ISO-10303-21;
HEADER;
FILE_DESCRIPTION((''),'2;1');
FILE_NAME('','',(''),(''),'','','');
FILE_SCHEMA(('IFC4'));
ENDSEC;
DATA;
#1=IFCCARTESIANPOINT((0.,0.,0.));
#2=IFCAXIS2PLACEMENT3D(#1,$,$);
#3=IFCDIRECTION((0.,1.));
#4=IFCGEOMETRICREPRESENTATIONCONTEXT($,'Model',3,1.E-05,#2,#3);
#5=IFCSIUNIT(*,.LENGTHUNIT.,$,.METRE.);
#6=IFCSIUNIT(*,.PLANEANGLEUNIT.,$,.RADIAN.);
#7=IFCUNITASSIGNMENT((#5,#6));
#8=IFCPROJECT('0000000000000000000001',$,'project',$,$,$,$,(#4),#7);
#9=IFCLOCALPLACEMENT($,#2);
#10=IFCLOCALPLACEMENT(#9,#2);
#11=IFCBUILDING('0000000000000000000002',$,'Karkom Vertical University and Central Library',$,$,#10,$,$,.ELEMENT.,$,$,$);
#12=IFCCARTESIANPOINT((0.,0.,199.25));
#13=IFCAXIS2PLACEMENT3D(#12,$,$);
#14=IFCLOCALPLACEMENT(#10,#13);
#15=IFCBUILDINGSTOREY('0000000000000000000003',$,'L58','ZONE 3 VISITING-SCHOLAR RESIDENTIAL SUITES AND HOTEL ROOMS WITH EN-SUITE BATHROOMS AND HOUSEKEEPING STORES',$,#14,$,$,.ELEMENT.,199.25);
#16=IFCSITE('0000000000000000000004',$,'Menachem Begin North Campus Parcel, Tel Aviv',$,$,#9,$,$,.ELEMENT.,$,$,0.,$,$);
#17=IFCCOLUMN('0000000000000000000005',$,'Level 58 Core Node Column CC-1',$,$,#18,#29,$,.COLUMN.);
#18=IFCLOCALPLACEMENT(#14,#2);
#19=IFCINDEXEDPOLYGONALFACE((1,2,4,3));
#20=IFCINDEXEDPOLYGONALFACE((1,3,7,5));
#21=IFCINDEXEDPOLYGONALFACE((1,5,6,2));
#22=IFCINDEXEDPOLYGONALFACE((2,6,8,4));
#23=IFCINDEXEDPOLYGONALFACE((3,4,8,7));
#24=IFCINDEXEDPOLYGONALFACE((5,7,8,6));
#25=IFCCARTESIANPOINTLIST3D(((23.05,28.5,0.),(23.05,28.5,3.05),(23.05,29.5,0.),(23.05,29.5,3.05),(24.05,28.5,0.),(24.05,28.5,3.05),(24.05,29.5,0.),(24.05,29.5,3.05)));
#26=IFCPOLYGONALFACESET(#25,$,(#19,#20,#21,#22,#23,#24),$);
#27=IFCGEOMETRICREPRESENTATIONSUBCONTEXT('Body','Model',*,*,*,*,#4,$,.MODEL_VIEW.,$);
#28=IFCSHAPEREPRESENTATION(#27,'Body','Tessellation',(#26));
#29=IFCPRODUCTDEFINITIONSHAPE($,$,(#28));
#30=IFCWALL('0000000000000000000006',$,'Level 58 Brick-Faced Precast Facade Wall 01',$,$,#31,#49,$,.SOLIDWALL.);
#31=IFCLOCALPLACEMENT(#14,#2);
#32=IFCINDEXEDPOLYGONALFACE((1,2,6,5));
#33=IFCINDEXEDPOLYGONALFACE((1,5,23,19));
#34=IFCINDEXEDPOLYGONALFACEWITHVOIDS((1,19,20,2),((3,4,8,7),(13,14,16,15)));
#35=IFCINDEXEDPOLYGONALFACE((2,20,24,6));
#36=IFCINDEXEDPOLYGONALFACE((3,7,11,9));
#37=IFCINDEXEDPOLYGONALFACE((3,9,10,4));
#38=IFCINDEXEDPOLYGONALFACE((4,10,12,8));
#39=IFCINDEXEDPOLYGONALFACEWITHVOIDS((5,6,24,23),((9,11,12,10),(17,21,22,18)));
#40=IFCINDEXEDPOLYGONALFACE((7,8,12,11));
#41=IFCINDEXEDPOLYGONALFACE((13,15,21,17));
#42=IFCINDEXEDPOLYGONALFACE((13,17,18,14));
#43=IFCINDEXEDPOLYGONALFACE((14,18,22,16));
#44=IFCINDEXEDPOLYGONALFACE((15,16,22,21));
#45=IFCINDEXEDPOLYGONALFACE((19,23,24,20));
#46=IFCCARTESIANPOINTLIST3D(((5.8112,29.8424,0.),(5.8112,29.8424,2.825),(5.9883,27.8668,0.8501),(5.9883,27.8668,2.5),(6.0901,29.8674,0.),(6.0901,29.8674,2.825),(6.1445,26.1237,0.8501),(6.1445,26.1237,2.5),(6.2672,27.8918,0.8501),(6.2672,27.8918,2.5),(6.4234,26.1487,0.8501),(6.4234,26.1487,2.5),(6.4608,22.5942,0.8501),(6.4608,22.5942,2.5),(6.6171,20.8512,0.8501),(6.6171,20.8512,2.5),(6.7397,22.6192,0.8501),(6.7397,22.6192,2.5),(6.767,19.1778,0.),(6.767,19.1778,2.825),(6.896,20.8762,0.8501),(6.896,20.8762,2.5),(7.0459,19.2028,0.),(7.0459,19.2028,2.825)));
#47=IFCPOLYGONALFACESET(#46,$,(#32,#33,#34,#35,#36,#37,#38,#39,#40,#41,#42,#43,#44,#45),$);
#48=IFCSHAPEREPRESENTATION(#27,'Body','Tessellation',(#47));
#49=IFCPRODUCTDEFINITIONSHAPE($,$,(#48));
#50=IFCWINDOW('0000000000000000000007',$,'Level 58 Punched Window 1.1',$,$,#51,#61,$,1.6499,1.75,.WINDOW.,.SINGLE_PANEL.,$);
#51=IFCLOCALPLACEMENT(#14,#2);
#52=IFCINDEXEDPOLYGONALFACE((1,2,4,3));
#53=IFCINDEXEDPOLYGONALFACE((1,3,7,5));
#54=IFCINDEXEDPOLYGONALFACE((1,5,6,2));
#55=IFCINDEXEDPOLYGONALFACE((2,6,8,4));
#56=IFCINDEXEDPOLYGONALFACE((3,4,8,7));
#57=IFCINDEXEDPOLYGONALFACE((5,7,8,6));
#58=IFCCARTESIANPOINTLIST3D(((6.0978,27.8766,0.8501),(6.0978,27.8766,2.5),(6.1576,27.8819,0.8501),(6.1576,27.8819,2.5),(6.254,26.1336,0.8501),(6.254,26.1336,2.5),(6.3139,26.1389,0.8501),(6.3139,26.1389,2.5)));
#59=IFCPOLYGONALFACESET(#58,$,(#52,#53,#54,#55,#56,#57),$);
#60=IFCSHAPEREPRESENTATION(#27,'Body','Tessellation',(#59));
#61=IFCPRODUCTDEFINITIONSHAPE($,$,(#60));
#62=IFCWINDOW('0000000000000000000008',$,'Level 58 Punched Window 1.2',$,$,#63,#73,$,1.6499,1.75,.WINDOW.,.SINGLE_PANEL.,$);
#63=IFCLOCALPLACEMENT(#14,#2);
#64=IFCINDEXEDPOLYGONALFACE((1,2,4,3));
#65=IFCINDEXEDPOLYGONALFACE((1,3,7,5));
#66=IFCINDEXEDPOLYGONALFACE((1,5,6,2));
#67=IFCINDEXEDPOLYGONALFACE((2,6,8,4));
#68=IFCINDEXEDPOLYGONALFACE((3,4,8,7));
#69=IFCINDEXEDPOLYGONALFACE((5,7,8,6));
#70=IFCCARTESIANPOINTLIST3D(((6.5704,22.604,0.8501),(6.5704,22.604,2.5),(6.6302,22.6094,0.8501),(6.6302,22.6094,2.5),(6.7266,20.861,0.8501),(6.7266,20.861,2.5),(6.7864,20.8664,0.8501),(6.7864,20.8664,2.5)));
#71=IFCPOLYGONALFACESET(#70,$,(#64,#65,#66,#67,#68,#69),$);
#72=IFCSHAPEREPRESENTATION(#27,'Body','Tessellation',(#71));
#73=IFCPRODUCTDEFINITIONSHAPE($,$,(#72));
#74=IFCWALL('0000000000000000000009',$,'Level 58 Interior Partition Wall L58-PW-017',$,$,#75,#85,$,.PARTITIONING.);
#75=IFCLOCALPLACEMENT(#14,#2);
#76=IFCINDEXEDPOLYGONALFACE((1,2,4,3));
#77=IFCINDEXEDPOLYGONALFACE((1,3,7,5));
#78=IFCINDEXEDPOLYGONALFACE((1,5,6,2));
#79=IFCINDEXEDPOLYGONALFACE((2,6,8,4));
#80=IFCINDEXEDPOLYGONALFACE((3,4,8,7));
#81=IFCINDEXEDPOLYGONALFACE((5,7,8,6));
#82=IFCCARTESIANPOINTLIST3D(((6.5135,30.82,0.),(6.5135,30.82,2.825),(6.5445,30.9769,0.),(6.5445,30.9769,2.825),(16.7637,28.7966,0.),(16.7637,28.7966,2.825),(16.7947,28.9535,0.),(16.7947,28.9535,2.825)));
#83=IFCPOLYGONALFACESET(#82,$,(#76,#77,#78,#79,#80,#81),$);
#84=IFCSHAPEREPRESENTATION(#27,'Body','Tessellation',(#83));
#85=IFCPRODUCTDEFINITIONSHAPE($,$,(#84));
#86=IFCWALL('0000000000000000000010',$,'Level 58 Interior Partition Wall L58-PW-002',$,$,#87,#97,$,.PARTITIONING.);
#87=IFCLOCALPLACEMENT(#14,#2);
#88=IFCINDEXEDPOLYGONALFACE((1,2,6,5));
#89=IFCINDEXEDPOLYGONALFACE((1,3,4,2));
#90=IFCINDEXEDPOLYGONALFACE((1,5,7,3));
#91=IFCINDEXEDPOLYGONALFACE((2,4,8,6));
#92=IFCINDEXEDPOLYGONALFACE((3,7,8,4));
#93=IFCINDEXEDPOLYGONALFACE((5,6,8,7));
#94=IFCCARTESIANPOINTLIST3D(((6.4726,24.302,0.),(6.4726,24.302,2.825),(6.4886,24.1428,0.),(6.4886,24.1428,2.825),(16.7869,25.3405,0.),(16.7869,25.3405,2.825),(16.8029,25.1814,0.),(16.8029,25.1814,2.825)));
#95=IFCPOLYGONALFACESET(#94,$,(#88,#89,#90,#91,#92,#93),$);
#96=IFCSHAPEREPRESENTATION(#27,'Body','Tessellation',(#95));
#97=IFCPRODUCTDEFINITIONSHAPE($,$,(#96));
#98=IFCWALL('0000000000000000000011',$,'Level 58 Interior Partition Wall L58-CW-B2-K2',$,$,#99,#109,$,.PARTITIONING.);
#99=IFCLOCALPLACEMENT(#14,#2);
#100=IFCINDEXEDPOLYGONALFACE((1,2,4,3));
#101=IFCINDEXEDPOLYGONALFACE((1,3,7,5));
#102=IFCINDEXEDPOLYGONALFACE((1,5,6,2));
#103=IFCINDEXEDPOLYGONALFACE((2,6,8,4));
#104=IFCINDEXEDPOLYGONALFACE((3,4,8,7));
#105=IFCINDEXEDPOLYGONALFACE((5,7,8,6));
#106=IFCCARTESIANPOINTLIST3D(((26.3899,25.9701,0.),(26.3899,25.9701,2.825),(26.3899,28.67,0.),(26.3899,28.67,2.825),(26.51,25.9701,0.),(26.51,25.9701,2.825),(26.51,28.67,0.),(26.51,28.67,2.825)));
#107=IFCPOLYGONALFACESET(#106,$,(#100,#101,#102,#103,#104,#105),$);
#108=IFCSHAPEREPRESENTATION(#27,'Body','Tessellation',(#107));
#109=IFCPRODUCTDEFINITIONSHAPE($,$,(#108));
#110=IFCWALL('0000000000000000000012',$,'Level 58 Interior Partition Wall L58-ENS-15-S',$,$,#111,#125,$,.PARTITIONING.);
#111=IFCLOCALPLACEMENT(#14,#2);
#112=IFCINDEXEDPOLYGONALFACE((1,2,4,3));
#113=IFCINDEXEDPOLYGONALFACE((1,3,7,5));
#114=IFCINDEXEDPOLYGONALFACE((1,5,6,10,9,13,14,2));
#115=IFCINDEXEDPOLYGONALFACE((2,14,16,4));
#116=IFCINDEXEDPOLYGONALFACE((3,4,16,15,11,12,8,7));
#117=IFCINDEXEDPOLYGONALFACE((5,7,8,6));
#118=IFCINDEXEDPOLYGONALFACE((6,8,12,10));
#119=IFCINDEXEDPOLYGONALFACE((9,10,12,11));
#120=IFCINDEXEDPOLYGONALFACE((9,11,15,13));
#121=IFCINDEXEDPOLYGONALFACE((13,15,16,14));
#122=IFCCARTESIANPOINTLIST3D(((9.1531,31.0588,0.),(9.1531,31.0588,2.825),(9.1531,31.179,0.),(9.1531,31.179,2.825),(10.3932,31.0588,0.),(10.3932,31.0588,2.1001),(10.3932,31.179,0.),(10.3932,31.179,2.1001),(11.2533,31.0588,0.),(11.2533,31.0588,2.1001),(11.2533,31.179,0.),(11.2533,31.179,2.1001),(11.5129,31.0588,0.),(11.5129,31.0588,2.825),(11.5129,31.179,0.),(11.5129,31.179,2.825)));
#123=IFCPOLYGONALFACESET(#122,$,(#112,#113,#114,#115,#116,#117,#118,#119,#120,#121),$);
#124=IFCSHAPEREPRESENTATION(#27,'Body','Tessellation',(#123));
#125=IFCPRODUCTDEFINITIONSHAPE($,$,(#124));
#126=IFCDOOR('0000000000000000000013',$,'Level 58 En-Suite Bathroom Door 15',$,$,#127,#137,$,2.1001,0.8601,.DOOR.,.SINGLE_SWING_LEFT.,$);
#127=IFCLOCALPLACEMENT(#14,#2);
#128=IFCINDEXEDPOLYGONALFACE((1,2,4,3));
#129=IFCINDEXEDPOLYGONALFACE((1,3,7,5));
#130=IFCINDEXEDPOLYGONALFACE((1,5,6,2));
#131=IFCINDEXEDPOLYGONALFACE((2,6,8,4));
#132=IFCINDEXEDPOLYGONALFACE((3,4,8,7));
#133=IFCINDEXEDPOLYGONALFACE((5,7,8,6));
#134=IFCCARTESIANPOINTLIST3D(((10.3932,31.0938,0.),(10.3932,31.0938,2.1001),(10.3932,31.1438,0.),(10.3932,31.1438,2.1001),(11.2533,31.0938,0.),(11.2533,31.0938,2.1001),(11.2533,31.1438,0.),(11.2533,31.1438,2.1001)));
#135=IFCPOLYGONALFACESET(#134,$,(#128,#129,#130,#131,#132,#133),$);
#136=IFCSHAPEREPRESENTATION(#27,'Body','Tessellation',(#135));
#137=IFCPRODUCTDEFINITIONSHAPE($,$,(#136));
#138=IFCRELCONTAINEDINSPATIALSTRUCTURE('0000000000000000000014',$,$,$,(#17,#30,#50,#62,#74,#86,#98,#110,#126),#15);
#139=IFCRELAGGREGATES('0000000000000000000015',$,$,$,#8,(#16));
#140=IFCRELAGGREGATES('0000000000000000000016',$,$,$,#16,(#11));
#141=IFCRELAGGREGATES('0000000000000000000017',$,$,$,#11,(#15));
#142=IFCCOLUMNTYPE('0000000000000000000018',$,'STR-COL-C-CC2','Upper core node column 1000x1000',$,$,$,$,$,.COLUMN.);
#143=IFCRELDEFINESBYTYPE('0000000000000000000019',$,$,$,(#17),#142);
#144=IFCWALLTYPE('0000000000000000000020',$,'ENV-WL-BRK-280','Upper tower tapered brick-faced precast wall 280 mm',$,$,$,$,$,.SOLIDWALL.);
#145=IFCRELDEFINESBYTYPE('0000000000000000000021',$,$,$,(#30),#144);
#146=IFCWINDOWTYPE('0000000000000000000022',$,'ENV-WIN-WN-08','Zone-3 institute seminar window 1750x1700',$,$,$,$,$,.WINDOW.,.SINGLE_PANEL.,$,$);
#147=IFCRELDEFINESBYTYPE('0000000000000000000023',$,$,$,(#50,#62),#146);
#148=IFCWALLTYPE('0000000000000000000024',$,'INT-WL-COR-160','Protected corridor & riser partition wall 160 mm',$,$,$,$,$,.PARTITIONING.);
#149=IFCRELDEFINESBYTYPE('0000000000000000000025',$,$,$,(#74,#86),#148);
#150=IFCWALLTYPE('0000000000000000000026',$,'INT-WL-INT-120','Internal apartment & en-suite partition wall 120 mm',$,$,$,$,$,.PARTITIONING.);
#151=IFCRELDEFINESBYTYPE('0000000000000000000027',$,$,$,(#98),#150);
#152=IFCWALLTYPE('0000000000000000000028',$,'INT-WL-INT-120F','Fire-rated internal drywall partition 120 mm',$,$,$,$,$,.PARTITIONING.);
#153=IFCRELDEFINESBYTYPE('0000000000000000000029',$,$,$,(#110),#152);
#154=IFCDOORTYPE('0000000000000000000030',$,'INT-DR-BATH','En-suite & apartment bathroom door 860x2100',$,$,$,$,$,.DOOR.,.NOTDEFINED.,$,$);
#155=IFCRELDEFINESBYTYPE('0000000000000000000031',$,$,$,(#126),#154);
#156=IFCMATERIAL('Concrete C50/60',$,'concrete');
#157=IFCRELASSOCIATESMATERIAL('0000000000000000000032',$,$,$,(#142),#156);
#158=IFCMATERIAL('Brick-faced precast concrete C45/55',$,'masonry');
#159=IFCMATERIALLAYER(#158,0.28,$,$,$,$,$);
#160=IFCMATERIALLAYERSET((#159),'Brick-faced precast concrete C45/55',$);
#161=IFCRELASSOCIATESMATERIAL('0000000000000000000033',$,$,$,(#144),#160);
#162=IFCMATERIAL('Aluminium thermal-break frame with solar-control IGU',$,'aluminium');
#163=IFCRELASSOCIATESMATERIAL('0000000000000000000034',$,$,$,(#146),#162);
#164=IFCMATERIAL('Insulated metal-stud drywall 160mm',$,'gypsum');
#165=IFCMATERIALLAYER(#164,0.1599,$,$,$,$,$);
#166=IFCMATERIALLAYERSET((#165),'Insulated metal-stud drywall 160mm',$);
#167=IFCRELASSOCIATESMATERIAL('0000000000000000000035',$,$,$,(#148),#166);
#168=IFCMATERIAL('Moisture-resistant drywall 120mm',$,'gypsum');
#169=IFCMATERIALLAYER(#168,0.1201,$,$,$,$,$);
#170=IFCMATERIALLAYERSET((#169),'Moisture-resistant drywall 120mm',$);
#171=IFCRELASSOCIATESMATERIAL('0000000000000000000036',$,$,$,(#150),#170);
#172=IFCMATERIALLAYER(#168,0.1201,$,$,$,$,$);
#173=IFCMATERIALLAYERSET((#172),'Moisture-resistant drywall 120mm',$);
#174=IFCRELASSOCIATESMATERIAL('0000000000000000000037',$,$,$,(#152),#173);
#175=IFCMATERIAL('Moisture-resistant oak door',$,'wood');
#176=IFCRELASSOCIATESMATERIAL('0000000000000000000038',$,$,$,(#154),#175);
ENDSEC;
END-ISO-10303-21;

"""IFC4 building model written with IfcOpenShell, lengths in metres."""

from ifc_helpers import new_model, si_unit, direction, frame, frame_2d, origin, origin_with_axes, origin_2d, place, context, subcontext, project, spatial, rectangle, extrude, source, transform, mapped, material, layer, layer_set, material_profile, profile_set, type_object, element, fill, save


model = new_model("IFC4")

# Units and contexts
model_context = context("Model", 3, precision=1e-05, world=origin(), true_north=direction((0.0, 1.0)))
body_context = subcontext(model_context, "Body", "Model", "MODEL_VIEW")
ifc_project = project(units=[si_unit("LENGTHUNIT", "METRE"), si_unit("PLANEANGLEUNIT", "RADIAN")], contexts=[model_context])

# Site, building, storey
site_placement = place(None, origin())
site = spatial("IfcSite", under=ifc_project, at=site_placement, Name="Menachem Begin North Campus Parcel, Tel Aviv", CompositionType="ELEMENT", RefElevation=0.0)
building_placement = place(site_placement, origin())
building = spatial("IfcBuilding", under=site, at=building_placement, Name="Karkom Vertical University and Central Library", CompositionType="ELEMENT")
storey_placement = place(building_placement, frame((0.0, 0.0, 199.25)))
storey = spatial("IfcBuildingStorey", under=building, at=storey_placement, Name="L58", Description="ZONE 3 VISITING-SCHOLAR RESIDENTIAL SUITES AND HOTEL ROOMS WITH EN-SUITE BATHROOMS AND HOUSEKEEPING STORES", CompositionType="ELEMENT", Elevation=199.25)

# Column
ifc_material_1 = material(Name="Concrete C50/60", Category="concrete")
ifc_material_profile = material_profile(ifc_material_1, rectangle(XDim=1.0, YDim=1.0, at=origin_2d()), Name="RC-1000x1000")
ifc_profile_set = profile_set([ifc_material_profile], Name="Concrete C50/60")
column_type = type_object("IfcColumnType", Name="STR-COL-C-CC2", Description="Upper core node column 1000x1000", PredefinedType="COLUMN", material=ifc_profile_set)
shared_shape_1 = source(origin_with_axes(), body_context, "Body", "SweptSolid", [
    extrude(rectangle(XDim=1.0, YDim=1.0, at=origin_2d()), origin(), (0.0, 0.0, 1.0), 3.05),
])
column_placement = place(storey_placement, frame((23.55, 29.0, 0.0), z_axis=(0.0, 0.0, 1.0), x_axis=(1.0, 0.0, 0.0)))
element("IfcColumn", 1, at=column_placement, inside=storey, type_object=column_type, Name="Level 58 Core Node Column CC-1", PredefinedType="COLUMN", context=body_context, shape_type="MappedRepresentation", body=[
    mapped(shared_shape_1, transform((0.0, 0.0, 0.0), scale=1.0)),
])

# Wall, openings, windows
ifc_material_2 = material(Name="Brick-faced precast concrete C45/55", Category="masonry")
ifc_layer_1 = layer(ifc_material_2, 0.28)
ifc_layer_set_1 = layer_set([ifc_layer_1], Name="Brick-faced precast concrete C45/55")
wall_type_1 = type_object("IfcWallType", Name="ENV-WL-BRK-280", Description="Upper tower tapered brick-faced precast wall 280 mm", PredefinedType="SOLIDWALL", material=ifc_layer_set_1)
wall_1_placement = place(storey_placement, frame((5.9507, 29.8547, 0.0), z_axis=(0.0, 0.0, 1.0), x_axis=(0.089267, -0.996008, 0.0)))
wall_1 = element("IfcWall", 2, at=wall_1_placement, inside=storey, type_object=wall_type_1, Name="Level 58 Brick-Faced Precast Facade Wall 01", PredefinedType="SOLIDWALL", context=body_context, shape_type="SweptSolid", body=[
    extrude(rectangle(XDim=10.7073, YDim=0.28, at=frame_2d((5.3535, 0.0))), origin(), (0.0, 0.0, 1.0), 2.825),
])
opening_1_placement = place(wall_1_placement, frame((1.9834, 0.0, 0.8501)))
opening_1 = element("IfcOpeningElement", 3, at=opening_1_placement, cuts=wall_1, PredefinedType="OPENING", context=body_context, shape_type="SweptSolid", body=[
    extrude(rectangle(XDim=1.75, YDim=1.6499, at=frame_2d((0.875, 0.825))), frame((0.0, 0.1499, 0.0), z_axis=(0.0, -1.0, 0.0), x_axis=(1.0, 0.0, 0.0)), (0.0, 0.0, 1.0), 0.3),
])
opening_2_placement = place(wall_1_placement, frame((7.2771, 0.0, 0.8501)))
opening_2 = element("IfcOpeningElement", 4, at=opening_2_placement, cuts=wall_1, PredefinedType="OPENING", context=body_context, shape_type="SweptSolid", body=[
    extrude(rectangle(XDim=1.75, YDim=1.6499, at=frame_2d((0.875, 0.825))), frame((0.0, 0.1499, 0.0), z_axis=(0.0, -1.0, 0.0), x_axis=(1.0, 0.0, 0.0)), (0.0, 0.0, 1.0), 0.3),
])
ifc_material_3 = material(Name="Aluminium thermal-break frame with solar-control IGU", Category="aluminium")
window_type = type_object("IfcWindowType", Name="ENV-WIN-WN-08", Description="Zone-3 institute seminar window 1750x1700", PartitioningType="SINGLE_PANEL", PredefinedType="WINDOW", material=ifc_material_3)
shared_shape_2 = source(origin_with_axes(), body_context, "Body", "SweptSolid", [
    extrude(rectangle(XDim=1.75, YDim=1.6499, at=frame_2d((0.875, 0.825))), frame((0.0, 0.03, 0.0), z_axis=(0.0, -1.0, 0.0), x_axis=(1.0, 0.0, 0.0)), (0.0, 0.0, 1.0), 0.0601),
])
window_1_placement = place(opening_1_placement, origin())
window_1 = element("IfcWindow", 5, at=window_1_placement, inside=storey, type_object=window_type, Name="Level 58 Punched Window 1.1", OverallHeight=1.6499, OverallWidth=1.75, PartitioningType="SINGLE_PANEL", PredefinedType="WINDOW", context=body_context, shape_type="MappedRepresentation", body=[
    mapped(shared_shape_2, transform((0.0, 0.0, 0.0), scale=1.0)),
])
fill(opening_1, window_1)
window_2_placement = place(opening_2_placement, origin())
window_2 = element("IfcWindow", 6, at=window_2_placement, inside=storey, type_object=window_type, Name="Level 58 Punched Window 1.2", OverallHeight=1.6499, OverallWidth=1.75, PartitioningType="SINGLE_PANEL", PredefinedType="WINDOW", context=body_context, shape_type="MappedRepresentation", body=[
    mapped(shared_shape_2, transform((0.0, 0.0, 0.0), scale=1.0)),
])
fill(opening_2, window_2)

# Walls
ifc_material_4 = material(Name="Insulated metal-stud drywall 160mm", Category="gypsum")
ifc_layer_2 = layer(ifc_material_4, 0.1599)
ifc_layer_set_2 = layer_set([ifc_layer_2], Name="Insulated metal-stud drywall 160mm")
wall_type_2 = type_object("IfcWallType", Name="INT-WL-COR-160", Description="Protected corridor & riser partition wall 160 mm", PredefinedType="PARTITIONING", material=ifc_layer_set_2)
wall_2_placement = place(storey_placement, frame((16.7793, 28.875, 0.0), z_axis=(0.0, 0.0, 1.0), x_axis=(-0.981067, 0.193666, 0.0)))
element("IfcWall", 7, at=wall_2_placement, inside=storey, type_object=wall_type_2, Name="Level 58 Interior Partition Wall L58-PW-017", PredefinedType="PARTITIONING", context=body_context, shape_type="SweptSolid", body=[
    extrude(rectangle(XDim=10.448, YDim=0.1599, at=frame_2d((5.2241, 0.0))), origin(), (0.0, 0.0, 1.0), 2.825),
])
wall_3_placement = place(storey_placement, frame((6.4807, 24.2224, 0.0), z_axis=(0.0, 0.0, 1.0), x_axis=(0.994969, 0.100187, 0.0)))
element("IfcWall", 8, at=wall_3_placement, inside=storey, type_object=wall_type_2, Name="Level 58 Interior Partition Wall L58-PW-002", PredefinedType="PARTITIONING", context=body_context, shape_type="SweptSolid", body=[
    extrude(rectangle(XDim=10.3665, YDim=0.1599, at=frame_2d((5.1831, 0.0))), origin(), (0.0, 0.0, 1.0), 2.825),
])
ifc_material_5 = material(Name="Moisture-resistant drywall 120mm", Category="gypsum")
ifc_layer_3 = layer(ifc_material_5, 0.1201)
ifc_layer_set_3 = layer_set([ifc_layer_3], Name="Moisture-resistant drywall 120mm")
wall_type_3 = type_object("IfcWallType", Name="INT-WL-INT-120", Description="Internal apartment & en-suite partition wall 120 mm", PredefinedType="PARTITIONING", material=ifc_layer_set_3)
wall_4_placement = place(storey_placement, frame((26.45, 25.97, 0.0), z_axis=(0.0, 0.0, 1.0), x_axis=(0.0, 1.0, 0.0)))
element("IfcWall", 9, at=wall_4_placement, inside=storey, type_object=wall_type_3, Name="Level 58 Interior Partition Wall L58-CW-B2-K2", PredefinedType="PARTITIONING", context=body_context, shape_type="SweptSolid", body=[
    extrude(rectangle(XDim=2.7, YDim=0.1201, at=frame_2d((1.3501, 0.0))), origin(), (0.0, 0.0, 1.0), 2.825),
])

# Wall, opening, door
ifc_layer_4 = layer(ifc_material_5, 0.1201)
ifc_layer_set_4 = layer_set([ifc_layer_4], Name="Moisture-resistant drywall 120mm")
wall_type_4 = type_object("IfcWallType", Name="INT-WL-INT-120F", Description="Fire-rated internal drywall partition 120 mm", PredefinedType="PARTITIONING", material=ifc_layer_set_4)
wall_5_placement = place(storey_placement, frame((9.1531, 31.1189, 0.0), z_axis=(0.0, 0.0, 1.0), x_axis=(1.0, 0.0, 0.0)))
wall_5 = element("IfcWall", 10, at=wall_5_placement, inside=storey, type_object=wall_type_4, Name="Level 58 Interior Partition Wall L58-ENS-15-S", PredefinedType="PARTITIONING", context=body_context, shape_type="SweptSolid", body=[
    extrude(rectangle(XDim=2.3599, YDim=0.1201, at=frame_2d((1.1799, 0.0))), origin(), (0.0, 0.0, 1.0), 2.825),
])
opening_3_placement = place(wall_5_placement, frame((1.24, 0.0, 0.0)))
opening_3 = element("IfcOpeningElement", 11, at=opening_3_placement, cuts=wall_5, PredefinedType="OPENING", context=body_context, shape_type="SweptSolid", body=[
    extrude(rectangle(XDim=0.8601, YDim=2.1001, at=frame_2d((0.4302, 1.05))), frame((0.0, 0.0701, 0.0), z_axis=(0.0, -1.0, 0.0), x_axis=(1.0, 0.0, 0.0)), (0.0, 0.0, 1.0), 0.1401),
])
ifc_material_6 = material(Name="Moisture-resistant oak door", Category="wood")
door_type_1 = type_object("IfcDoorType", Name="INT-DR-BATH", Description="En-suite & apartment bathroom door 860x2100", OperationType="NOTDEFINED", PredefinedType="DOOR", material=ifc_material_6)
shared_shape_3 = source(origin_with_axes(), body_context, "Body", "SweptSolid", [
    extrude(rectangle(XDim=0.8601, YDim=2.1001, at=frame_2d((0.4302, 1.05))), frame((0.0, 0.0249, 0.0), z_axis=(0.0, -1.0, 0.0), x_axis=(1.0, 0.0, 0.0)), (0.0, 0.0, 1.0), 0.05),
])
door_1_placement = place(opening_3_placement, origin())
door_1 = element("IfcDoor", 12, at=door_1_placement, inside=storey, type_object=door_type_1, Name="Level 58 En-Suite Bathroom Door 15", OperationType="SINGLE_SWING_LEFT", OverallHeight=2.1001, OverallWidth=0.8601, PredefinedType="DOOR", context=body_context, shape_type="MappedRepresentation", body=[
    mapped(shared_shape_3, transform((0.0, 0.0, 0.0), scale=1.0)),
])
fill(opening_3, door_1)

save(model, "model.ifc")
